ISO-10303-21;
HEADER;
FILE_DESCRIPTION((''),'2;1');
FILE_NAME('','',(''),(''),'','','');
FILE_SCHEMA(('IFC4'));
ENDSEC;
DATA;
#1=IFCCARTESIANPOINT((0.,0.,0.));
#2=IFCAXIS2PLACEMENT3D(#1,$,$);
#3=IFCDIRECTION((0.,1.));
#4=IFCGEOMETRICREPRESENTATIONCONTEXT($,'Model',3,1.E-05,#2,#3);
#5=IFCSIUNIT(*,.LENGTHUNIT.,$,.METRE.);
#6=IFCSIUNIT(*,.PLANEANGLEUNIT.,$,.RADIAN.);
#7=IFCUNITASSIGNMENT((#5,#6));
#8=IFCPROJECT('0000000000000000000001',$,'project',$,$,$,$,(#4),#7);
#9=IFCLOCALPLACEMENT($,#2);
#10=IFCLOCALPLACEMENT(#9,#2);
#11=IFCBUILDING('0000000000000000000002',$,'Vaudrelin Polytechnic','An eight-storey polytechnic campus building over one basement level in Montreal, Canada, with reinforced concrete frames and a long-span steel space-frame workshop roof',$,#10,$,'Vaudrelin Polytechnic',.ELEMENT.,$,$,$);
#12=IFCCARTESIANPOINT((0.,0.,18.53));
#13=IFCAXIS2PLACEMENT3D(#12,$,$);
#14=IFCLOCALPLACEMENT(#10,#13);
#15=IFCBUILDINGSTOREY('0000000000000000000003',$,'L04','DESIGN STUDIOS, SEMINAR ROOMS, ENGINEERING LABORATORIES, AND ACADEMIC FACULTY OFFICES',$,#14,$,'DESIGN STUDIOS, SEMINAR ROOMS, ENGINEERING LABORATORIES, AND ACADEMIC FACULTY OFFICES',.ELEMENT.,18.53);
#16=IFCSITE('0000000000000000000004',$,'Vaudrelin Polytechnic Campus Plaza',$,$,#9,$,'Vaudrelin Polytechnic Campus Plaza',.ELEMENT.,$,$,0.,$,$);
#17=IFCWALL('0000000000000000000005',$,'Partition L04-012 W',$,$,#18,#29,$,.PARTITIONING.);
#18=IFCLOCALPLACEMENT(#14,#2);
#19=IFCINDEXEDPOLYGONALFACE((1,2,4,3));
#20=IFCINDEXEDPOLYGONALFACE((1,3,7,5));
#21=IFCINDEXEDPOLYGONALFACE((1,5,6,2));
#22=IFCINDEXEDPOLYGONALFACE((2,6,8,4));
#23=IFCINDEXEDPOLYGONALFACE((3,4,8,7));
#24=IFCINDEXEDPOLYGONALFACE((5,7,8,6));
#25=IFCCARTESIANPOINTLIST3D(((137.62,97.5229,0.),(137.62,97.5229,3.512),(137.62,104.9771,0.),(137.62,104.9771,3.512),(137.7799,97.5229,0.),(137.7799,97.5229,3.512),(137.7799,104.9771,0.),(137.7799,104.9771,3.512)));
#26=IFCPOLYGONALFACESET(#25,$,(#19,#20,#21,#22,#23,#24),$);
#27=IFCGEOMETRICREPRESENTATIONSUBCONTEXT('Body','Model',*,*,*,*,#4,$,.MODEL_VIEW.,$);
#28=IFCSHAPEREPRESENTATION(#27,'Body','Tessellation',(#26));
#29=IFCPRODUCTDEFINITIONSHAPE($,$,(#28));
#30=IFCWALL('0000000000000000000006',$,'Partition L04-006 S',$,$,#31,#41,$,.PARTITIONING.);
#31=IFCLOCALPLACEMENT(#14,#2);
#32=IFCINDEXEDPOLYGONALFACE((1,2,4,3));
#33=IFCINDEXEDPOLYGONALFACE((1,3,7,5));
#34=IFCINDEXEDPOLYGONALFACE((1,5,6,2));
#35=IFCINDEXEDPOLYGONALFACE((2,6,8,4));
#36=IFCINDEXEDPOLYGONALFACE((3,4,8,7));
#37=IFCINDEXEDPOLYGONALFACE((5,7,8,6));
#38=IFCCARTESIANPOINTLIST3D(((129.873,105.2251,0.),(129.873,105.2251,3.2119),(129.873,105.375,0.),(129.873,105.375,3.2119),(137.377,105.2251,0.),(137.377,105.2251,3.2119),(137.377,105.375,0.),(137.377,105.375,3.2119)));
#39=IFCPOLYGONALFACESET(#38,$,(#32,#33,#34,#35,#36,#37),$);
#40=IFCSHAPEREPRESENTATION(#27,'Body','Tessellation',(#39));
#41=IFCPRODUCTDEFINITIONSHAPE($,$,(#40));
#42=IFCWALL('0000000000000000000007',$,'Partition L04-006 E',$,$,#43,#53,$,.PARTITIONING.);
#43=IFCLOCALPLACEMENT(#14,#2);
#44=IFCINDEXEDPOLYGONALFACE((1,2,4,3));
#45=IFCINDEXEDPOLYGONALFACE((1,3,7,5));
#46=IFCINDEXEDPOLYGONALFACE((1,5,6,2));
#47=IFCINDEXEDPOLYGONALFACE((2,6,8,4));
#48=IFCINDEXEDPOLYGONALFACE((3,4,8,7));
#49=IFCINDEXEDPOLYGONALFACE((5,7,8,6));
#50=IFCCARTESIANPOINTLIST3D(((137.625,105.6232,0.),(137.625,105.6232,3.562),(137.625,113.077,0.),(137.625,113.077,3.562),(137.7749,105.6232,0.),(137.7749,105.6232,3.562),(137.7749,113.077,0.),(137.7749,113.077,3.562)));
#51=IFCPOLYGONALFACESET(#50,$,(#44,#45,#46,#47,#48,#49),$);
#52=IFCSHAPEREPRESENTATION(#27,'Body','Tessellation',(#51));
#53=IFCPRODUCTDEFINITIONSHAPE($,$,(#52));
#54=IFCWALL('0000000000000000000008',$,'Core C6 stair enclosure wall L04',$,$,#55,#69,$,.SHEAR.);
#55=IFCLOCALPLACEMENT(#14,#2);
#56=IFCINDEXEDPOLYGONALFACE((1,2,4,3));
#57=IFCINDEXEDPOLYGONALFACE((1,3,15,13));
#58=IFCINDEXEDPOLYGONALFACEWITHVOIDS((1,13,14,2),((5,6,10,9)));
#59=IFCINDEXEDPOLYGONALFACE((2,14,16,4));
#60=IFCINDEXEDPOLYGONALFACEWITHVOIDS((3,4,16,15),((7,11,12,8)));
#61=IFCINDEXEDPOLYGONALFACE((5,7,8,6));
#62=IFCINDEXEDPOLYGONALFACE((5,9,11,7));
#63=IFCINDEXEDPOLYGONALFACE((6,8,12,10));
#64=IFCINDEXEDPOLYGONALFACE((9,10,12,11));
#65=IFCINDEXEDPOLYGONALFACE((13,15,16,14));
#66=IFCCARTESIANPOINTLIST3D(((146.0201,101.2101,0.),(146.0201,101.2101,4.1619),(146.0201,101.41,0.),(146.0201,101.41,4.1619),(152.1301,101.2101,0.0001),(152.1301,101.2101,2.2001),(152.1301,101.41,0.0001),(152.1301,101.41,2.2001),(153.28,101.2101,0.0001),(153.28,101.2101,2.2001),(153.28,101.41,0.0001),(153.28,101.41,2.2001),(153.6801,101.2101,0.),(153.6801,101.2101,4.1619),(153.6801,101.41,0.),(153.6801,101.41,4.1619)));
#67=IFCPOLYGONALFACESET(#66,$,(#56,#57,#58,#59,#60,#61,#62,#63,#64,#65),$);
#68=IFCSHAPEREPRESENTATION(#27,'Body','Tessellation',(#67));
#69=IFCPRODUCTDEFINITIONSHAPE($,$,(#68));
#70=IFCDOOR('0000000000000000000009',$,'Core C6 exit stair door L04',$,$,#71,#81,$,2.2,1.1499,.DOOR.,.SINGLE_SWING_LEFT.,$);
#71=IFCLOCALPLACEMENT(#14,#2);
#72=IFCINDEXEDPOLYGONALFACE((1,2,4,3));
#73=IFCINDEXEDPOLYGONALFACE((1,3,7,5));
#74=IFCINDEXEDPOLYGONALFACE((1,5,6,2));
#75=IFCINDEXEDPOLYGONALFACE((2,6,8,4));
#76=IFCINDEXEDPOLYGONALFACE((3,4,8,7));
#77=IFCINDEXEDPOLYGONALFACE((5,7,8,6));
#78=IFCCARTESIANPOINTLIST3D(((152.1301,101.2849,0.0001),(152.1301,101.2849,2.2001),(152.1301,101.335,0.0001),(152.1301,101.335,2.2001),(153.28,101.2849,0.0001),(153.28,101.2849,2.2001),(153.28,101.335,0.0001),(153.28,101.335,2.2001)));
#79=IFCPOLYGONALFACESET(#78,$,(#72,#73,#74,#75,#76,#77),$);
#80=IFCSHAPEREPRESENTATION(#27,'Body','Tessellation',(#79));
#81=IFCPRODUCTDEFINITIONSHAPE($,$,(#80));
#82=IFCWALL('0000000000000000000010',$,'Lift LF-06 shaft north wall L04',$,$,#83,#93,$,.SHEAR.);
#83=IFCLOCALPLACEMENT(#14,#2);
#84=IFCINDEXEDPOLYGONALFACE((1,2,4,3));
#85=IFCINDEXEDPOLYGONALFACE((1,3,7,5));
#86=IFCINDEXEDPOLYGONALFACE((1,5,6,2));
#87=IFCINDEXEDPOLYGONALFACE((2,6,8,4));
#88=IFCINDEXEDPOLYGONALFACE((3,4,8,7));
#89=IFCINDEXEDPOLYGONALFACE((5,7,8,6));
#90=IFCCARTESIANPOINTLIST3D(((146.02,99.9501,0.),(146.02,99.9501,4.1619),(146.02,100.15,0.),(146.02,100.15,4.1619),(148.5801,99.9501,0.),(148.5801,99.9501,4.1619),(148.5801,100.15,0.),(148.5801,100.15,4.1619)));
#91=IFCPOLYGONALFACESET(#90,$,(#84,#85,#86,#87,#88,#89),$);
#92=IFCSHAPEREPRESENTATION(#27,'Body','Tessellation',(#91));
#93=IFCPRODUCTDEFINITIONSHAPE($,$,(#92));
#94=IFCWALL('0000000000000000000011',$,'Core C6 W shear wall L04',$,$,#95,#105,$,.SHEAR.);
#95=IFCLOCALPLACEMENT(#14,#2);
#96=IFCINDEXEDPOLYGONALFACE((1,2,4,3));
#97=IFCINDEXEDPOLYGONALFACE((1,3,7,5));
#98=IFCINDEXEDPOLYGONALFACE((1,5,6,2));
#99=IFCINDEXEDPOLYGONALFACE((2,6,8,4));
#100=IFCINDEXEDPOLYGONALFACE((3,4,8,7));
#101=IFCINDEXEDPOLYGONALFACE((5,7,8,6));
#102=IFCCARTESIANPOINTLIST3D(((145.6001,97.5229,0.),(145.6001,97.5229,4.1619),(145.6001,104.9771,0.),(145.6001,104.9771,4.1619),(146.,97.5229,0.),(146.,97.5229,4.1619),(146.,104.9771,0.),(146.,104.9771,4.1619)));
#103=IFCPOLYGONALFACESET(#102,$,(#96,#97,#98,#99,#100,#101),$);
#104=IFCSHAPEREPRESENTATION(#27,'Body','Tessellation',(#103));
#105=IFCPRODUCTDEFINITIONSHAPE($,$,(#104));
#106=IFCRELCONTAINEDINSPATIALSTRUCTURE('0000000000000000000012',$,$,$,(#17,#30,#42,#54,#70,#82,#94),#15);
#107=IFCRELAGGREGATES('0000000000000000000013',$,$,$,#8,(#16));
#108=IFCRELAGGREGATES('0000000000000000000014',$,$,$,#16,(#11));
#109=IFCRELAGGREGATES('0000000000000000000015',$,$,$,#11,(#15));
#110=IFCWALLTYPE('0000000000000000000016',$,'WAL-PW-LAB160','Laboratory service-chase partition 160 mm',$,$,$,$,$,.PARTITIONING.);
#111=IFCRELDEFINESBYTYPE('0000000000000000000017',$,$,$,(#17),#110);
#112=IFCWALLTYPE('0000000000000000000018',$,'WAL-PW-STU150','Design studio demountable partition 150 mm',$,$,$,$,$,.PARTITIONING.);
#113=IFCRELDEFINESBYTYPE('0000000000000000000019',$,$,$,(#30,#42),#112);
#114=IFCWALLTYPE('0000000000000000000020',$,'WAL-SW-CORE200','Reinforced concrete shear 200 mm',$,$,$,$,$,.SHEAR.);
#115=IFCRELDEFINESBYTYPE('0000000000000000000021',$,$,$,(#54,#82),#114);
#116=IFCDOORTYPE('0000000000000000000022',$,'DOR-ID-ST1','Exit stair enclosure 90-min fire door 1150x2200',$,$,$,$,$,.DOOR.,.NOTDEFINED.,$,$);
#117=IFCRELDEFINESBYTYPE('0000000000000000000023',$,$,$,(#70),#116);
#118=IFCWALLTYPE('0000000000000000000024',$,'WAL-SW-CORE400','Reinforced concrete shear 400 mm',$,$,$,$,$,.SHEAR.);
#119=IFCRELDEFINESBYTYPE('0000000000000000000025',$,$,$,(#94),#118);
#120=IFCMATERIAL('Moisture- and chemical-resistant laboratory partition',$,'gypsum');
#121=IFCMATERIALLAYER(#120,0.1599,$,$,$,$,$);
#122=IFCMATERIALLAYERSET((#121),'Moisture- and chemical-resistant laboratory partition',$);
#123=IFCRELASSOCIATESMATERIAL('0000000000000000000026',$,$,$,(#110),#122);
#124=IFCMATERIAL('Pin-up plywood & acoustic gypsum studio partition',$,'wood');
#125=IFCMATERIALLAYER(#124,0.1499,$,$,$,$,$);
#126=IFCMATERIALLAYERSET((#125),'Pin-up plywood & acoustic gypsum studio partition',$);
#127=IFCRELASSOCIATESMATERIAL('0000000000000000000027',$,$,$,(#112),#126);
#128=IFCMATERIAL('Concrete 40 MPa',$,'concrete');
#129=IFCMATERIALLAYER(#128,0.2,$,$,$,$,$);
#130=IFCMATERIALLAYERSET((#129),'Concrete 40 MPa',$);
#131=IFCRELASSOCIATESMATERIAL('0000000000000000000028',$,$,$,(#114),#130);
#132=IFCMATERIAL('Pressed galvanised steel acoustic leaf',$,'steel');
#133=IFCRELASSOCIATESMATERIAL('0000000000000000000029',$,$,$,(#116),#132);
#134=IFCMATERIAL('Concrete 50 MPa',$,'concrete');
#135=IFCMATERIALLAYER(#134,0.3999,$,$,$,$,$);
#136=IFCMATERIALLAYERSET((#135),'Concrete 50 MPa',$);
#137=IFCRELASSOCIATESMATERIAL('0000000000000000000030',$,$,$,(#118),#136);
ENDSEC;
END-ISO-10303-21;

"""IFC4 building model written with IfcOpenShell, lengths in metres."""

from ifc_helpers import new_model, si_unit, direction, frame, frame_2d, origin, place, context, subcontext, project, spatial, rectangle, extrude, material, layer, layer_set, type_object, element, fill, save


model = new_model("IFC4")

# Units and contexts
model_context = context("Model", 3, precision=1e-05, world=origin(), true_north=direction((0.0, 1.0)))
body_context = subcontext(model_context, "Body", "Model", "MODEL_VIEW")
ifc_project = project(units=[si_unit("LENGTHUNIT", "METRE"), si_unit("PLANEANGLEUNIT", "RADIAN")], contexts=[model_context])

# Site, building, storey
site_placement = place(None, origin())
site = spatial("IfcSite", under=ifc_project, at=site_placement, Name="Vaudrelin Polytechnic Campus Plaza", LongName="Vaudrelin Polytechnic Campus Plaza", CompositionType="ELEMENT", RefElevation=0.0)
building_placement = place(site_placement, origin())
building = spatial("IfcBuilding", under=site, at=building_placement, Name="Vaudrelin Polytechnic", Description="An eight-storey polytechnic campus building over one basement level in Montreal, Canada, with reinforced concrete frames and a long-span steel space-frame workshop roof", LongName="Vaudrelin Polytechnic", CompositionType="ELEMENT")
storey_placement = place(building_placement, frame((0.0, 0.0, 18.53)))
storey = spatial("IfcBuildingStorey", under=building, at=storey_placement, Name="L04", Description="DESIGN STUDIOS, SEMINAR ROOMS, ENGINEERING LABORATORIES, AND ACADEMIC FACULTY OFFICES", LongName="DESIGN STUDIOS, SEMINAR ROOMS, ENGINEERING LABORATORIES, AND ACADEMIC FACULTY OFFICES", CompositionType="ELEMENT", Elevation=18.53)

# Shared definitions
ifc_material_1 = material(Name="Concrete 40 MPa", Category="concrete")

# Shared definitions
ifc_material_2 = material(Name="Concrete 50 MPa", Category="concrete")

# Shared definitions
ifc_material_3 = material(Name="Moisture- and chemical-resistant laboratory partition", Category="gypsum")
ifc_layer_1 = layer(ifc_material_3, 0.1599)
ifc_layer_set_1 = layer_set([ifc_layer_1], Name="Moisture- and chemical-resistant laboratory partition")
wall_type_1 = type_object("IfcWallType", Name="WAL-PW-LAB160", Description="Laboratory service-chase partition 160 mm", PredefinedType="PARTITIONING", material=ifc_layer_set_1)
ifc_material_4 = material(Name="Pressed galvanised steel acoustic leaf", Category="steel")

# Walls
wall_1_placement = place(storey_placement, frame((137.7, 97.5229, 0.0), z_axis=(0.0, 0.0, 1.0), x_axis=(0.0, 1.0, 0.0)))
element("IfcWall", 1, at=wall_1_placement, inside=storey, type_object=wall_type_1, Name="Partition L04-012 W", PredefinedType="PARTITIONING", context=body_context, shape_type="SweptSolid", body=[
    extrude(rectangle(XDim=7.4541, YDim=0.1599, at=frame_2d((3.7271, 0.0))), origin(), (0.0, 0.0, 1.0), 3.512),
])
ifc_material_5 = material(Name="Pin-up plywood & acoustic gypsum studio partition", Category="wood")
ifc_layer_2 = layer(ifc_material_5, 0.1499)
ifc_layer_set_2 = layer_set([ifc_layer_2], Name="Pin-up plywood & acoustic gypsum studio partition")
wall_type_2 = type_object("IfcWallType", Name="WAL-PW-STU150", Description="Design studio demountable partition 150 mm", PredefinedType="PARTITIONING", material=ifc_layer_set_2)
wall_2_placement = place(storey_placement, frame((129.873, 105.3, 0.0), z_axis=(0.0, 0.0, 1.0), x_axis=(1.0, 0.0, 0.0)))
element("IfcWall", 2, at=wall_2_placement, inside=storey, type_object=wall_type_2, Name="Partition L04-006 S", PredefinedType="PARTITIONING", context=body_context, shape_type="SweptSolid", body=[
    extrude(rectangle(XDim=7.5039, YDim=0.1499, at=frame_2d((3.752, 0.0))), origin(), (0.0, 0.0, 1.0), 3.2119),
])
wall_3_placement = place(storey_placement, frame((137.7, 105.623, 0.0), z_axis=(0.0, 0.0, 1.0), x_axis=(0.0, 1.0, 0.0)))
element("IfcWall", 3, at=wall_3_placement, inside=storey, type_object=wall_type_2, Name="Partition L04-006 E", PredefinedType="PARTITIONING", context=body_context, shape_type="SweptSolid", body=[
    extrude(rectangle(XDim=7.4539, YDim=0.1499, at=frame_2d((3.7271, 0.0))), origin(), (0.0, 0.0, 1.0), 3.562),
])

# Wall, opening, door
ifc_layer_3 = layer(ifc_material_1, 0.2)
ifc_layer_set_3 = layer_set([ifc_layer_3], Name="Concrete 40 MPa")
wall_type_3 = type_object("IfcWallType", Name="WAL-SW-CORE200", Description="Reinforced concrete shear 200 mm", PredefinedType="SHEAR", material=ifc_layer_set_3)
wall_4_placement = place(storey_placement, frame((146.02, 101.3101, 0.0), z_axis=(0.0, 0.0, 1.0), x_axis=(1.0, 0.0, 0.0)))
wall_4 = element("IfcWall", 4, at=wall_4_placement, inside=storey, type_object=wall_type_3, Name="Core C6 stair enclosure wall L04", PredefinedType="SHEAR", context=body_context, shape_type="SweptSolid", body=[
    extrude(rectangle(XDim=7.6599, YDim=0.2, at=frame_2d((3.8301, 0.0))), origin(), (0.0, 0.0, 1.0), 4.1619),
])
opening_1_placement = place(wall_4_placement, frame((6.1101, 0.0, 0.0)))
opening_1 = element("IfcOpeningElement", 5, at=opening_1_placement, cuts=wall_4, PredefinedType="OPENING", context=body_context, shape_type="SweptSolid", body=[
    extrude(rectangle(XDim=1.1499, YDim=2.2, at=frame_2d((0.575, 1.1001))), frame((0.0, 0.1099, 0.0), z_axis=(0.0, -1.0, 0.0), x_axis=(1.0, 0.0, 0.0)), (0.0, 0.0, 1.0), 0.22),
])
door_type_1 = type_object("IfcDoorType", Name="DOR-ID-ST1", Description="Exit stair enclosure 90-min fire door 1150x2200", OperationType="NOTDEFINED", PredefinedType="DOOR", material=ifc_material_4)
door_1_placement = place(opening_1_placement, origin())
door_1 = element("IfcDoor", 6, at=door_1_placement, inside=storey, type_object=door_type_1, Name="Core C6 exit stair door L04", OperationType="SINGLE_SWING_LEFT", OverallHeight=2.2, OverallWidth=1.1499, PredefinedType="DOOR", context=body_context, shape_type="SweptSolid", body=[
    extrude(rectangle(XDim=1.1499, YDim=2.2, at=frame_2d((0.575, 1.1001))), frame((0.0, 0.0249, 0.0), z_axis=(0.0, -1.0, 0.0), x_axis=(1.0, 0.0, 0.0)), (0.0, 0.0, 1.0), 0.05),
])
fill(opening_1, door_1)

# Walls
wall_5_placement = place(storey_placement, frame((146.02, 100.05, 0.0), z_axis=(0.0, 0.0, 1.0), x_axis=(1.0, 0.0, 0.0)))
element("IfcWall", 7, at=wall_5_placement, inside=storey, type_object=wall_type_3, Name="Lift LF-06 shaft north wall L04", PredefinedType="SHEAR", context=body_context, shape_type="SweptSolid", body=[
    extrude(rectangle(XDim=2.5601, YDim=0.2, at=frame_2d((1.28, 0.0))), origin(), (0.0, 0.0, 1.0), 4.1619),
])
ifc_layer_4 = layer(ifc_material_2, 0.3999)
ifc_layer_set_4 = layer_set([ifc_layer_4], Name="Concrete 50 MPa")
wall_type_4 = type_object("IfcWallType", Name="WAL-SW-CORE400", Description="Reinforced concrete shear 400 mm", PredefinedType="SHEAR", material=ifc_layer_set_4)
wall_6_placement = place(storey_placement, frame((145.8, 97.5229, 0.0), z_axis=(0.0, 0.0, 1.0), x_axis=(0.0, 1.0, 0.0)))
element("IfcWall", 8, at=wall_6_placement, inside=storey, type_object=wall_type_4, Name="Core C6 W shear wall L04", PredefinedType="SHEAR", context=body_context, shape_type="SweptSolid", body=[
    extrude(rectangle(XDim=7.4541, YDim=0.3999, at=frame_2d((3.7271, 0.0))), origin(), (0.0, 0.0, 1.0), 4.1619),
])

save(model, "model.ifc")
